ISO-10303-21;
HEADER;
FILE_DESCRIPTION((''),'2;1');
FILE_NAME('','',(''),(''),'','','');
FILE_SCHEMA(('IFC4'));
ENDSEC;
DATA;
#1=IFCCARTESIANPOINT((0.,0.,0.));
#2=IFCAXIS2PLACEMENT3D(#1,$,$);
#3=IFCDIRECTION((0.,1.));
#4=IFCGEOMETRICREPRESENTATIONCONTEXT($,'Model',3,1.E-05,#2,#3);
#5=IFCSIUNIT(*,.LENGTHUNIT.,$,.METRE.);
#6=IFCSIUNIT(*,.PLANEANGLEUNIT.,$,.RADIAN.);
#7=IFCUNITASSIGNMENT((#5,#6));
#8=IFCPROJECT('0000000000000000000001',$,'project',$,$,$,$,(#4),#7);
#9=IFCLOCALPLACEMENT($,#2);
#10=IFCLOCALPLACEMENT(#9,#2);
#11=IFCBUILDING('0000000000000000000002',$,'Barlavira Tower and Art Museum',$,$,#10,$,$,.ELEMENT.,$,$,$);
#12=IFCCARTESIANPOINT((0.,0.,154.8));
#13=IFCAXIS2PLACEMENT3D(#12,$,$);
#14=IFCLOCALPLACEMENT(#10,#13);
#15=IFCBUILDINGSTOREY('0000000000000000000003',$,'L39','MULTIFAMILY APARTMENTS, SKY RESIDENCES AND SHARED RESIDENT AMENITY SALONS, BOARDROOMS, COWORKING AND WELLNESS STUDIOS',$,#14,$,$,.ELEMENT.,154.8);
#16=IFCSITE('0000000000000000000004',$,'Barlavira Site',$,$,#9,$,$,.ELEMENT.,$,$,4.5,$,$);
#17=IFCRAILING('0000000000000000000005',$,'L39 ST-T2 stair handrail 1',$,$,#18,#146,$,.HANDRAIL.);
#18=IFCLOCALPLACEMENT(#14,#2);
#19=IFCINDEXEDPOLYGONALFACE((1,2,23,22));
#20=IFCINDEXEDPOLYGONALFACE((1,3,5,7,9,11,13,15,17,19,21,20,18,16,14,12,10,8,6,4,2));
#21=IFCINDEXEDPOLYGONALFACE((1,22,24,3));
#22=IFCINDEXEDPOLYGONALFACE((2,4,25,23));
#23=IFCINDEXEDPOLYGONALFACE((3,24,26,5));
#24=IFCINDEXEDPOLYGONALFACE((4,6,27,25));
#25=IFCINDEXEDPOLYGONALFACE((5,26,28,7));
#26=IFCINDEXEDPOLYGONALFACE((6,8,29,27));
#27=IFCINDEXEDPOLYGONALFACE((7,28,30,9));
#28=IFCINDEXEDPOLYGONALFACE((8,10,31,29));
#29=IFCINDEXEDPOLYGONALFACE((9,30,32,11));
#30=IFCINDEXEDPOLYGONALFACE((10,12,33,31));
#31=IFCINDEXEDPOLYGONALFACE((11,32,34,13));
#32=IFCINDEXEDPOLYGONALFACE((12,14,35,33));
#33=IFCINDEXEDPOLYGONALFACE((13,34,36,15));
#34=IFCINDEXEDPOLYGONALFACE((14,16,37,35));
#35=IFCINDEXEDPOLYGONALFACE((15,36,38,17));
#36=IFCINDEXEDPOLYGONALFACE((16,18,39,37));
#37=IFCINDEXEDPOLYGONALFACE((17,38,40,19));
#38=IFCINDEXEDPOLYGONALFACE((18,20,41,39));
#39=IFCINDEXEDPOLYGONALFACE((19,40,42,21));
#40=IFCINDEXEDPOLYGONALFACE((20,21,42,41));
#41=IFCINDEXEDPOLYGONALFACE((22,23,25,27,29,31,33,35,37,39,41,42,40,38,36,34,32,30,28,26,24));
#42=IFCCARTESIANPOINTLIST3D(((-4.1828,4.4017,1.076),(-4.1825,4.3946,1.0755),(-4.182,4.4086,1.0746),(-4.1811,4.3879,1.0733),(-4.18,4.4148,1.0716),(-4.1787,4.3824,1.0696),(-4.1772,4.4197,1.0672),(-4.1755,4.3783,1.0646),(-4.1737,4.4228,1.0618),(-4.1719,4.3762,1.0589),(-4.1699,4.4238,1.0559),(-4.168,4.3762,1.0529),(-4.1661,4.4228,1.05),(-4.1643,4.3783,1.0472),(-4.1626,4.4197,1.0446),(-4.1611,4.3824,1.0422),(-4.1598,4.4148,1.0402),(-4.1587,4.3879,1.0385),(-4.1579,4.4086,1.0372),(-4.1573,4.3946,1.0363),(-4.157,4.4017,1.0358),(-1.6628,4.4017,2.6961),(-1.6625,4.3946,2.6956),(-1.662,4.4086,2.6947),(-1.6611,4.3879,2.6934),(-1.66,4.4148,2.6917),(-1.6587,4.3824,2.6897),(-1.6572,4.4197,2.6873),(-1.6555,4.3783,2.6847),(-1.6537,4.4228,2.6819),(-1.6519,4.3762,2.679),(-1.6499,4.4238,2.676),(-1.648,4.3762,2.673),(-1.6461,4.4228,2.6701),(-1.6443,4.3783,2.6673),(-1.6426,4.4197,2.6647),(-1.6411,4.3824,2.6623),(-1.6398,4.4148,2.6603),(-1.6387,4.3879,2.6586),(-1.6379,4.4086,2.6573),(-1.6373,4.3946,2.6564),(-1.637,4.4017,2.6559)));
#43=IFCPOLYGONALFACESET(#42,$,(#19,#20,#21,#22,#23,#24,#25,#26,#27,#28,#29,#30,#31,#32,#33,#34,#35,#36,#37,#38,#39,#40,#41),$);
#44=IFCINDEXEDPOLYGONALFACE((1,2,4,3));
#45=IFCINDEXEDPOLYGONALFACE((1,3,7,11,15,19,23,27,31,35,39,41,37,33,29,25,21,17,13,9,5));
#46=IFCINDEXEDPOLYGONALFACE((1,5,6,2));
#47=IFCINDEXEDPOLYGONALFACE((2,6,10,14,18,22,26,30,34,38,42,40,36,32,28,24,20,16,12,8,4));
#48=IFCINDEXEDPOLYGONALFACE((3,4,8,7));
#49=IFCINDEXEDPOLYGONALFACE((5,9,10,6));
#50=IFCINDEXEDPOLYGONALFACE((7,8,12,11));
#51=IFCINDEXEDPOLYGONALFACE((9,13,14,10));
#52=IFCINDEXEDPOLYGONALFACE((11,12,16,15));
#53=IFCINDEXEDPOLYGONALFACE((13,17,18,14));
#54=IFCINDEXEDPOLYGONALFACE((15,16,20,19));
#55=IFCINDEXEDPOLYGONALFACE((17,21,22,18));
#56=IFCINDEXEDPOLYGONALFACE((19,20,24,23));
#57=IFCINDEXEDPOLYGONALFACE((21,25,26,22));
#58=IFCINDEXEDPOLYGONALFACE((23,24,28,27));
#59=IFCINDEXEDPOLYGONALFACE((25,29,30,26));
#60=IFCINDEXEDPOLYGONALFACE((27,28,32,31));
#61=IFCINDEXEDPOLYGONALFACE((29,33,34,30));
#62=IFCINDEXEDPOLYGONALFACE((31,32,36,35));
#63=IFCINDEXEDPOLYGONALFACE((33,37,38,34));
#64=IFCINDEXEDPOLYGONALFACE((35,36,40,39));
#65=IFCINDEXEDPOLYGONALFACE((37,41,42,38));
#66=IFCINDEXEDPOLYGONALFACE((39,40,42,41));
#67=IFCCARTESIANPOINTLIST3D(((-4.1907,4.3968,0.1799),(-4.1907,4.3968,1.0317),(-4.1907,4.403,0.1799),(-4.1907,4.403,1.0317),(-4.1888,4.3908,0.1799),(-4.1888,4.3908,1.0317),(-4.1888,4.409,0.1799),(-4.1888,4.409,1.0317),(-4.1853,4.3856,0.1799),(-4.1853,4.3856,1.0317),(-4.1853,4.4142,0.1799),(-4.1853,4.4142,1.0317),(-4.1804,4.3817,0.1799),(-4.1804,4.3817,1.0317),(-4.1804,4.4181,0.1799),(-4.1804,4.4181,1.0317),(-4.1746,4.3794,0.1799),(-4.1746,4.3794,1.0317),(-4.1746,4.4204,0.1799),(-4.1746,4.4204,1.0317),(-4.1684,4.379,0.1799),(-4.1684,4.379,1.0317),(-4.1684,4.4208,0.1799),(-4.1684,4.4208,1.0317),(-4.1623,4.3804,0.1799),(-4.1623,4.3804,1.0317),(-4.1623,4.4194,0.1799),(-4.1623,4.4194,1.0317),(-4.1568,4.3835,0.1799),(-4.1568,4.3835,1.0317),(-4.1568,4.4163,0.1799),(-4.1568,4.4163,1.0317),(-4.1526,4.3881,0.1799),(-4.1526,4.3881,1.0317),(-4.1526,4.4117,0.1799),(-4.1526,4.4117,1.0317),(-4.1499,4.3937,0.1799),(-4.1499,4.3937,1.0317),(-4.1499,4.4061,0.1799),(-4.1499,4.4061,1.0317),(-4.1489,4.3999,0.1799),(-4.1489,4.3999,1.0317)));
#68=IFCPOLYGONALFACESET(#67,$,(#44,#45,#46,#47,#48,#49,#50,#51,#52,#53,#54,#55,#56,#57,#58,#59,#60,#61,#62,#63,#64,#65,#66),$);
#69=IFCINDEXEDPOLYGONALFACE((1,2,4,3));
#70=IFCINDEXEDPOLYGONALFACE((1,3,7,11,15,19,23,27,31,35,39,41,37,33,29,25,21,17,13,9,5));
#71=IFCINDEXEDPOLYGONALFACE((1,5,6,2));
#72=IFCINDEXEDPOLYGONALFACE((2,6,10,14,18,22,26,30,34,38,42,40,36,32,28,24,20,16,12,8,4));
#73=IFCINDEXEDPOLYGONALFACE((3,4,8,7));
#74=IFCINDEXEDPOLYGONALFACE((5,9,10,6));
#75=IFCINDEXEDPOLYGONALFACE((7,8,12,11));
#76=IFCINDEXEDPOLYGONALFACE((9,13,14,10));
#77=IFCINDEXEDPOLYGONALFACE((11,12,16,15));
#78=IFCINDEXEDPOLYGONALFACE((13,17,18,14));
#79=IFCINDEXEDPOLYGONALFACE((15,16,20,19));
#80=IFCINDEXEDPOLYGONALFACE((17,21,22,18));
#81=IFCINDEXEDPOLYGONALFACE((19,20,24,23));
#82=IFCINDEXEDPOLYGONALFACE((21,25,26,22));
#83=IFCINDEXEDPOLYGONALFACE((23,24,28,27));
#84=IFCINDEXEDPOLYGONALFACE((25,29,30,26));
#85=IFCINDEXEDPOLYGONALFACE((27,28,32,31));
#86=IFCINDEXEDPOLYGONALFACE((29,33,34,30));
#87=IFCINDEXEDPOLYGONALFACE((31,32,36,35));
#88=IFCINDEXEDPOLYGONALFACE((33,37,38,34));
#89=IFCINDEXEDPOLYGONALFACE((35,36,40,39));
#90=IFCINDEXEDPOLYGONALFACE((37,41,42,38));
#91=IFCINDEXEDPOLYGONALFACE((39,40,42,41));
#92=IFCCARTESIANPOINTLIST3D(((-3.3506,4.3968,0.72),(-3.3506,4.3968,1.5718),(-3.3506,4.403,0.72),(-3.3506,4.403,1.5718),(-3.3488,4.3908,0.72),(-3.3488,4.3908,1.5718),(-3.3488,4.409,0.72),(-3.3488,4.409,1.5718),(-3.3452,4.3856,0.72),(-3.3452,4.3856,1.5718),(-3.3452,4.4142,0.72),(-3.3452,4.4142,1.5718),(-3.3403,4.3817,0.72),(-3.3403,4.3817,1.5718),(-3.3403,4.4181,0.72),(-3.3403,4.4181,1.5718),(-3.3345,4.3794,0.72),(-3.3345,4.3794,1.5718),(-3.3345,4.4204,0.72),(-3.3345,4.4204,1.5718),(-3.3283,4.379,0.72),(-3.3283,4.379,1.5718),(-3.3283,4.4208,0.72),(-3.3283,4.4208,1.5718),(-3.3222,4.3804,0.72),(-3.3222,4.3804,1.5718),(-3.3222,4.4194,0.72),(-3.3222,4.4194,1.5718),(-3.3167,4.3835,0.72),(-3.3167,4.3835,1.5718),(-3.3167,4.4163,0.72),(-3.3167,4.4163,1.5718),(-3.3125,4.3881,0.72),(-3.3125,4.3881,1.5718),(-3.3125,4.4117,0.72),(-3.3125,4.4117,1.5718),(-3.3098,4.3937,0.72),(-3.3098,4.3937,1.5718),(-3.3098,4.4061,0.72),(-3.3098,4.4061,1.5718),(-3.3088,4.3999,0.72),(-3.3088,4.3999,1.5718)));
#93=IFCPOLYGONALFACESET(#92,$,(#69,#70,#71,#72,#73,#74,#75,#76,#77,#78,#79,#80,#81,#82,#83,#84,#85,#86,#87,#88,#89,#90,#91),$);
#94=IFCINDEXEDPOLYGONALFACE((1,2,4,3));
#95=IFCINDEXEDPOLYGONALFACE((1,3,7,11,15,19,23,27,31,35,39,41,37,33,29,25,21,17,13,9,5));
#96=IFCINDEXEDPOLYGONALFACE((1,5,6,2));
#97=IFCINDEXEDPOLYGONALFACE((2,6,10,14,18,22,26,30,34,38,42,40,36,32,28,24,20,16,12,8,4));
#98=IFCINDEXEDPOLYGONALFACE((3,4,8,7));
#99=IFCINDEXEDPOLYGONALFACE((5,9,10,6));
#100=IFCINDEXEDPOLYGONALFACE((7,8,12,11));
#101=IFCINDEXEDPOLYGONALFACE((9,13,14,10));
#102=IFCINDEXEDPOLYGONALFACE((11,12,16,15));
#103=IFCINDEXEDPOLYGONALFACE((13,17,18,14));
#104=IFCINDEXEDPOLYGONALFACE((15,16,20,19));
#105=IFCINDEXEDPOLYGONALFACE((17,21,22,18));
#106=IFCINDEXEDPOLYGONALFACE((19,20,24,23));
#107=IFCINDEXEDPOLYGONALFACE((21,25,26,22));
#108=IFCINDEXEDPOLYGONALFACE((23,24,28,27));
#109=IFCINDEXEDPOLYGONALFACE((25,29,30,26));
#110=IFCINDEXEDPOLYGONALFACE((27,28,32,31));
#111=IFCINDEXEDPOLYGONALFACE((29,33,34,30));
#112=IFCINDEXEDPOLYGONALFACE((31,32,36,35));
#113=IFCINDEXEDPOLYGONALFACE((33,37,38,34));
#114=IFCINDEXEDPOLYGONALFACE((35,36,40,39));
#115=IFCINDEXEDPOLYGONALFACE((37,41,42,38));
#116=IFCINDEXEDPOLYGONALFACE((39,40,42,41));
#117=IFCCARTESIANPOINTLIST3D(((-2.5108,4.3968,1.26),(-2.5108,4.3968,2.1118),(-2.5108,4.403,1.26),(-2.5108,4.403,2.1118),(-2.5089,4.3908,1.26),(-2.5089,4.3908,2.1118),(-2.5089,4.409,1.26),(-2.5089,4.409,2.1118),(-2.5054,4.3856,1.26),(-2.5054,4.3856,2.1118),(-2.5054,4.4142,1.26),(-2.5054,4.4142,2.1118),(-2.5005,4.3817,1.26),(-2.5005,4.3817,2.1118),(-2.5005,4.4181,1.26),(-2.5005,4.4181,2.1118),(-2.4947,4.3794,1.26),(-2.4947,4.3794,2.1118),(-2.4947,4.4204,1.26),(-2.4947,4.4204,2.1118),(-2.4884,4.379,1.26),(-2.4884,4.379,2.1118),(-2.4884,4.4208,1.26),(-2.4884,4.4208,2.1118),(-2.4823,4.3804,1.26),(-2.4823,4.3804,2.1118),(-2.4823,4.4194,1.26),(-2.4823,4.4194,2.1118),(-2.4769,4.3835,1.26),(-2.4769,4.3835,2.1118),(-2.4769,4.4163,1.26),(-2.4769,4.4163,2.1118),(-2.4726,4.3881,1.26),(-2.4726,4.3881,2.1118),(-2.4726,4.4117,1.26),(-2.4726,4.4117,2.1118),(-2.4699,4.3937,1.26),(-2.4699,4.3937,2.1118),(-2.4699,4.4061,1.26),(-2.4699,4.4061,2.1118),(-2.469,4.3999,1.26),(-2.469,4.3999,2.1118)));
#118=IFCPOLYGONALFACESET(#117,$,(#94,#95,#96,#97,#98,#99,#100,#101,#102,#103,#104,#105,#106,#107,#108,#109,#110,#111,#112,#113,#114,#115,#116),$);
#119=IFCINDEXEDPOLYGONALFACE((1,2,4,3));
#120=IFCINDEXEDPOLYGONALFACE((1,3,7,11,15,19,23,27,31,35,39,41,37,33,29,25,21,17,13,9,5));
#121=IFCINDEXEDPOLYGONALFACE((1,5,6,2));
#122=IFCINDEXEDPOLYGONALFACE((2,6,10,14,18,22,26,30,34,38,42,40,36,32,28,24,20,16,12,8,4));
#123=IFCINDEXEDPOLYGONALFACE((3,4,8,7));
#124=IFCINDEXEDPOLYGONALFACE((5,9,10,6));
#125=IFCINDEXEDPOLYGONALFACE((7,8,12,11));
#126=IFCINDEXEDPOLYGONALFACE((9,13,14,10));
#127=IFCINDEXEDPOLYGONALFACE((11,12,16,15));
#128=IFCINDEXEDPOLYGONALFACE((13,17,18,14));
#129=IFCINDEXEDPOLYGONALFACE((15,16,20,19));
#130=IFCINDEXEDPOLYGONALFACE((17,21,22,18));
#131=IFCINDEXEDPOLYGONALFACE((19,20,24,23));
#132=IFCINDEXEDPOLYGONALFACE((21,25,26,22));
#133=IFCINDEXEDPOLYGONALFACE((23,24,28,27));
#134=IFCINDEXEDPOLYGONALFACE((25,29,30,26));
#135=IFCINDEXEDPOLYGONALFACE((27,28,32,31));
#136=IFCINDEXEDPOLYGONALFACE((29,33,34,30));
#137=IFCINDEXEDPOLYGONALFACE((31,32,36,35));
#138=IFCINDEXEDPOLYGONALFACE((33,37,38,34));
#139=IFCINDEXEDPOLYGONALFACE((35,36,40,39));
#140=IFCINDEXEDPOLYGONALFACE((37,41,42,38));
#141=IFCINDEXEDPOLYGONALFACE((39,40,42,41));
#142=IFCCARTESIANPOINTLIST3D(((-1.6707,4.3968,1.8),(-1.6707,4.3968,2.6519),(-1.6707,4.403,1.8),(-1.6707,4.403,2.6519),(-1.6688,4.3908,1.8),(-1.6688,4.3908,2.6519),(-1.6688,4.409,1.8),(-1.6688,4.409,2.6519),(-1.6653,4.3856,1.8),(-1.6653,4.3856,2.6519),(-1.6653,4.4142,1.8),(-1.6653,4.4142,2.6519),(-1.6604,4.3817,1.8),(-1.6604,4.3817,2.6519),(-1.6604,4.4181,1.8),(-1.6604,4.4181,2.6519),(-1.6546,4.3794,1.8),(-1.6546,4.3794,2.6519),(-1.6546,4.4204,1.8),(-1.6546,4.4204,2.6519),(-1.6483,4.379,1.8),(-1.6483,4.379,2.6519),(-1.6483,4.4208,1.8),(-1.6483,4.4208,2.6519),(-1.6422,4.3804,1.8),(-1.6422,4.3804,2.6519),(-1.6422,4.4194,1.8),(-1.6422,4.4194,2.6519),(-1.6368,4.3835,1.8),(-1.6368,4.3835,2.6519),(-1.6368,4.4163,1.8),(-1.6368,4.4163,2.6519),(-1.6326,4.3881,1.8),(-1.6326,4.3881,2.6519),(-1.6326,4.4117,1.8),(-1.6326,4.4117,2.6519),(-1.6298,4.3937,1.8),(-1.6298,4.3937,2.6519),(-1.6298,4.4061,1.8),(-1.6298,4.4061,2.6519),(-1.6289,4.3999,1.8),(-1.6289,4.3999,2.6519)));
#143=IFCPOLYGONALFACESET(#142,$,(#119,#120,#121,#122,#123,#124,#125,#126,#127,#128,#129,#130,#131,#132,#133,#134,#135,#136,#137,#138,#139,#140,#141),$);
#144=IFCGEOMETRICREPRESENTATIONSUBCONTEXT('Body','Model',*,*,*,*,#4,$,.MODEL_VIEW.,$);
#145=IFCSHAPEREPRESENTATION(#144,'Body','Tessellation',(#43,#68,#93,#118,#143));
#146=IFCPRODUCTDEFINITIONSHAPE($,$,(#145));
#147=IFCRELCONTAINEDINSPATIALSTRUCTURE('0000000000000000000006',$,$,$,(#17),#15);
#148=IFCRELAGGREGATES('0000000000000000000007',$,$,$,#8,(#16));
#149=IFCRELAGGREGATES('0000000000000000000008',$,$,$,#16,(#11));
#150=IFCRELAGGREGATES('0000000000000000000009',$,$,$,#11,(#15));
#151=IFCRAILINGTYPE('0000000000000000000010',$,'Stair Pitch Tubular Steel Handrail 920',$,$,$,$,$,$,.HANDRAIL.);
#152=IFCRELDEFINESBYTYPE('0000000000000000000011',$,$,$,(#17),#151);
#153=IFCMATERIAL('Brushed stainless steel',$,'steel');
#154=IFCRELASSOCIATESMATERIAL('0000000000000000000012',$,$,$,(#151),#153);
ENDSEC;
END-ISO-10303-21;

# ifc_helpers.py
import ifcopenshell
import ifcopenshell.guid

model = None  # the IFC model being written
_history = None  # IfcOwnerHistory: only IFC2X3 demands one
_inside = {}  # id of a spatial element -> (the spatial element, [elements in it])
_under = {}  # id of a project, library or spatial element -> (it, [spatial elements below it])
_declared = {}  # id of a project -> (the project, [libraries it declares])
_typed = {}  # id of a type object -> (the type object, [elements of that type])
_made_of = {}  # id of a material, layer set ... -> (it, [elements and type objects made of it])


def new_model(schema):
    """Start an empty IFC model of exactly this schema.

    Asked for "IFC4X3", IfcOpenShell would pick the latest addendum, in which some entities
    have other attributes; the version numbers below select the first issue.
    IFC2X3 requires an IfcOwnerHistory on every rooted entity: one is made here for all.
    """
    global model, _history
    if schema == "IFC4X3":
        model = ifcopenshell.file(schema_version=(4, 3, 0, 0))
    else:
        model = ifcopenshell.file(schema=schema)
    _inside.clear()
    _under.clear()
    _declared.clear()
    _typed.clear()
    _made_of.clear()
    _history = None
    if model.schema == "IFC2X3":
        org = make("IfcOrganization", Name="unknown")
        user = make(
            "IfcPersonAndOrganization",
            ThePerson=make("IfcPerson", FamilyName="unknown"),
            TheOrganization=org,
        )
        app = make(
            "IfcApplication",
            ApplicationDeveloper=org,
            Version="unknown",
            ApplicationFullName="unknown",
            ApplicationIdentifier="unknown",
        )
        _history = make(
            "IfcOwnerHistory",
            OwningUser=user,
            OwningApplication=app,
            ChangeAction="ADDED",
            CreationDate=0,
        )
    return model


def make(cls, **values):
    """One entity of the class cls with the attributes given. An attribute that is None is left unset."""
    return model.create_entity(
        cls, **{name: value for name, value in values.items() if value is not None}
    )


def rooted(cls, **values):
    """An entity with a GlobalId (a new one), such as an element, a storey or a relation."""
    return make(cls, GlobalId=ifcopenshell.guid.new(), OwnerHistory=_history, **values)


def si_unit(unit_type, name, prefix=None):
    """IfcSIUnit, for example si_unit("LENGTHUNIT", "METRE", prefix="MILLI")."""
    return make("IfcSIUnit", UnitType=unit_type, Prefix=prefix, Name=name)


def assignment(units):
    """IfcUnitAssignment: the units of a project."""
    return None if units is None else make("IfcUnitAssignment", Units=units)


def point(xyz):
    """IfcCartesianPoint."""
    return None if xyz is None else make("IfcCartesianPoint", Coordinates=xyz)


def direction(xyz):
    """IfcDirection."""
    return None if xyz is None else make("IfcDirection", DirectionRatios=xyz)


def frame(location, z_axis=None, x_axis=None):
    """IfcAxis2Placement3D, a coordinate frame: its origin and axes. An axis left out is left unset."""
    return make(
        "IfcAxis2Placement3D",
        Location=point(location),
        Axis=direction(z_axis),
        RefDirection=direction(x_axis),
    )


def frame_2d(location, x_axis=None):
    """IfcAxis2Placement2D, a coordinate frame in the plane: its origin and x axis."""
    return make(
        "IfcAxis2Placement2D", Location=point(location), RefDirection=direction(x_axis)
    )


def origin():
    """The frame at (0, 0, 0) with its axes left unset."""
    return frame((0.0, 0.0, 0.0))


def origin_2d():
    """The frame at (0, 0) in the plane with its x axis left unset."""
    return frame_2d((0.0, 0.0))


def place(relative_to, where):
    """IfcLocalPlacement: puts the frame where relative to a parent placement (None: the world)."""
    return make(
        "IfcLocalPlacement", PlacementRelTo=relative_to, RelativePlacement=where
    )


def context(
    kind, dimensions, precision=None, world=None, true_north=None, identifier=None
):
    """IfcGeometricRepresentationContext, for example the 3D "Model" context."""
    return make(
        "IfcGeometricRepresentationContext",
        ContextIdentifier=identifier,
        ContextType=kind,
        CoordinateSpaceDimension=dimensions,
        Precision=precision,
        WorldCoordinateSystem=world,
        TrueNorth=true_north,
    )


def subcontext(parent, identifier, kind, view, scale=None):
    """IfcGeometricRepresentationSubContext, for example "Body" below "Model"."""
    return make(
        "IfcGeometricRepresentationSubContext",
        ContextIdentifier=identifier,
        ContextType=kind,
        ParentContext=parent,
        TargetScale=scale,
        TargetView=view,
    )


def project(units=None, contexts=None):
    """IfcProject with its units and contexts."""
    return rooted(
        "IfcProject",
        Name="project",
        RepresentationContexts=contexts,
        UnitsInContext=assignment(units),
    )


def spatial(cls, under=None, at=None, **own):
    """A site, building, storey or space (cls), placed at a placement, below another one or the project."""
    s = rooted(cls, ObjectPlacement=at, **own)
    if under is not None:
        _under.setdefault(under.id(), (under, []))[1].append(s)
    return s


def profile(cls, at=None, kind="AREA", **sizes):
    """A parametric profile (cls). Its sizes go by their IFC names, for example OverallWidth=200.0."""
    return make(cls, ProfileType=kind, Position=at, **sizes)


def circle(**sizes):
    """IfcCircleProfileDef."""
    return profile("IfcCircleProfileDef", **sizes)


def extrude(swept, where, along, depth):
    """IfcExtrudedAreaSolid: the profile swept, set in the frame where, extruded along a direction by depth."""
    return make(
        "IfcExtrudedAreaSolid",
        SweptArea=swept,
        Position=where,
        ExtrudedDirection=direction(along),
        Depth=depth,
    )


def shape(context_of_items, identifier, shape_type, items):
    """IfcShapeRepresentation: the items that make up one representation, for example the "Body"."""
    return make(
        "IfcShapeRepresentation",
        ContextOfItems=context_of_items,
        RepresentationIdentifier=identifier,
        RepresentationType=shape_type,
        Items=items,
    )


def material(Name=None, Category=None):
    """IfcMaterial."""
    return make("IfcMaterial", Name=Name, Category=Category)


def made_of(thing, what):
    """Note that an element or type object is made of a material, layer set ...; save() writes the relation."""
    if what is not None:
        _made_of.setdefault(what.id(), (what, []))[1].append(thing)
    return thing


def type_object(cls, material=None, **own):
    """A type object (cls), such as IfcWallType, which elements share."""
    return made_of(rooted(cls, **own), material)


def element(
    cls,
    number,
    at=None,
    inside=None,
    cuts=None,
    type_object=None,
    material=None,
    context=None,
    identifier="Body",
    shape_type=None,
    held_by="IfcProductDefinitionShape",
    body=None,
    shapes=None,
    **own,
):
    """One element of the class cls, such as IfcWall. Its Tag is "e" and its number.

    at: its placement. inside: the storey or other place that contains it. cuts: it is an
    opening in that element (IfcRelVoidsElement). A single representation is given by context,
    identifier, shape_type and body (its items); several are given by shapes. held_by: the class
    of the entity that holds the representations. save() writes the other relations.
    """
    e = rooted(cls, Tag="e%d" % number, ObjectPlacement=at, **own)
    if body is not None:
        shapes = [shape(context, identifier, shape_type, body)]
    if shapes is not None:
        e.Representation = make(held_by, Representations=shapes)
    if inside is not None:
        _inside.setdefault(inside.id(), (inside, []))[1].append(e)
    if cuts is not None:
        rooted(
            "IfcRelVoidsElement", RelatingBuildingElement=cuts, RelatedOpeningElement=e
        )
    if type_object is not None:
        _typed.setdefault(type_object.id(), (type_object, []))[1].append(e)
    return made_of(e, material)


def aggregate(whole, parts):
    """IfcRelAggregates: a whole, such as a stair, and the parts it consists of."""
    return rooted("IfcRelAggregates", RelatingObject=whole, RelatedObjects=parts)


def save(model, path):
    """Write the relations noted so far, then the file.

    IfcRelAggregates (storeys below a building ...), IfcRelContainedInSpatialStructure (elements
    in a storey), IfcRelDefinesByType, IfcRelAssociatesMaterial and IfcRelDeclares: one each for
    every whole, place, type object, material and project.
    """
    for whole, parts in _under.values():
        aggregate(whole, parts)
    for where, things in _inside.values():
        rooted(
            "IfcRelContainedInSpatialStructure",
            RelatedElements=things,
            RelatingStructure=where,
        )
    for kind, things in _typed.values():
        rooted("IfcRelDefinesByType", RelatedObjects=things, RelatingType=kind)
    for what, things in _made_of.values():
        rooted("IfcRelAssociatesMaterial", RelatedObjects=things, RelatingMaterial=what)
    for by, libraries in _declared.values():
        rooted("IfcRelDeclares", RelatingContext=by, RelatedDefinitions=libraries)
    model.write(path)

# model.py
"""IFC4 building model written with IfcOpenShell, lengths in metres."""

from ifc_helpers import new_model, si_unit, direction, frame, origin, origin_2d, place, context, subcontext, project, spatial, circle, extrude, material, type_object, element, save


model = new_model("IFC4")

# Units and contexts
model_context = context("Model", 3, precision=1e-05, world=origin(), true_north=direction((0.0, 1.0)))
body_context = subcontext(model_context, "Body", "Model", "MODEL_VIEW")
ifc_project = project(units=[si_unit("LENGTHUNIT", "METRE"), si_unit("PLANEANGLEUNIT", "RADIAN")], contexts=[model_context])

# Site, building, storey
site_placement = place(None, origin())
site = spatial("IfcSite", under=ifc_project, at=site_placement, Name="Barlavira Site", CompositionType="ELEMENT", RefElevation=4.5)
building_placement = place(site_placement, origin())
building = spatial("IfcBuilding", under=site, at=building_placement, Name="Barlavira Tower and Art Museum", CompositionType="ELEMENT")
storey_placement = place(building_placement, frame((0.0, 0.0, 154.8)))
storey = spatial("IfcBuildingStorey", under=building, at=storey_placement, Name="L39", Description="MULTIFAMILY APARTMENTS, SKY RESIDENCES AND SHARED RESIDENT AMENITY SALONS, BOARDROOMS, COWORKING AND WELLNESS STUDIOS", CompositionType="ELEMENT", Elevation=154.8)

# Shared definitions
ifc_material_1 = material(Name="Brushed stainless steel", Category="steel")

# Railing
railing_type_1 = type_object("IfcRailingType", Name="Stair Pitch Tubular Steel Handrail 920", PredefinedType="HANDRAIL", material=ifc_material_1)
railing_1_placement = place(storey_placement, frame((-4.1699, 4.3999, 0.1799)))
element("IfcRailing", 1, at=railing_1_placement, inside=storey, type_object=railing_type_1, Name="L39 ST-T2 stair handrail 1", PredefinedType="HANDRAIL", context=body_context, shape_type="SweptSolid", body=[
    extrude(circle(Radius=0.0239, at=origin_2d()), frame((0.0, 0.0, 0.876), z_axis=(0.841163, 0.0, 0.540782), x_axis=(0.0, 1.0, 0.0)), (0.0, 0.0, 1.0), 2.9958),
    extrude(circle(Radius=0.021, at=origin_2d()), origin(), (0.0, 0.0, 1.0), 0.8518),
    extrude(circle(Radius=0.021, at=origin_2d()), frame((0.8401, 0.0, 0.54)), (0.0, 0.0, 1.0), 0.8518),
    extrude(circle(Radius=0.021, at=origin_2d()), frame((1.6799, 0.0, 1.0801)), (0.0, 0.0, 1.0), 0.8518),
    extrude(circle(Radius=0.021, at=origin_2d()), frame((2.52, 0.0, 1.6201)), (0.0, 0.0, 1.0), 0.8518),
])

save(model, "model.ifc")
